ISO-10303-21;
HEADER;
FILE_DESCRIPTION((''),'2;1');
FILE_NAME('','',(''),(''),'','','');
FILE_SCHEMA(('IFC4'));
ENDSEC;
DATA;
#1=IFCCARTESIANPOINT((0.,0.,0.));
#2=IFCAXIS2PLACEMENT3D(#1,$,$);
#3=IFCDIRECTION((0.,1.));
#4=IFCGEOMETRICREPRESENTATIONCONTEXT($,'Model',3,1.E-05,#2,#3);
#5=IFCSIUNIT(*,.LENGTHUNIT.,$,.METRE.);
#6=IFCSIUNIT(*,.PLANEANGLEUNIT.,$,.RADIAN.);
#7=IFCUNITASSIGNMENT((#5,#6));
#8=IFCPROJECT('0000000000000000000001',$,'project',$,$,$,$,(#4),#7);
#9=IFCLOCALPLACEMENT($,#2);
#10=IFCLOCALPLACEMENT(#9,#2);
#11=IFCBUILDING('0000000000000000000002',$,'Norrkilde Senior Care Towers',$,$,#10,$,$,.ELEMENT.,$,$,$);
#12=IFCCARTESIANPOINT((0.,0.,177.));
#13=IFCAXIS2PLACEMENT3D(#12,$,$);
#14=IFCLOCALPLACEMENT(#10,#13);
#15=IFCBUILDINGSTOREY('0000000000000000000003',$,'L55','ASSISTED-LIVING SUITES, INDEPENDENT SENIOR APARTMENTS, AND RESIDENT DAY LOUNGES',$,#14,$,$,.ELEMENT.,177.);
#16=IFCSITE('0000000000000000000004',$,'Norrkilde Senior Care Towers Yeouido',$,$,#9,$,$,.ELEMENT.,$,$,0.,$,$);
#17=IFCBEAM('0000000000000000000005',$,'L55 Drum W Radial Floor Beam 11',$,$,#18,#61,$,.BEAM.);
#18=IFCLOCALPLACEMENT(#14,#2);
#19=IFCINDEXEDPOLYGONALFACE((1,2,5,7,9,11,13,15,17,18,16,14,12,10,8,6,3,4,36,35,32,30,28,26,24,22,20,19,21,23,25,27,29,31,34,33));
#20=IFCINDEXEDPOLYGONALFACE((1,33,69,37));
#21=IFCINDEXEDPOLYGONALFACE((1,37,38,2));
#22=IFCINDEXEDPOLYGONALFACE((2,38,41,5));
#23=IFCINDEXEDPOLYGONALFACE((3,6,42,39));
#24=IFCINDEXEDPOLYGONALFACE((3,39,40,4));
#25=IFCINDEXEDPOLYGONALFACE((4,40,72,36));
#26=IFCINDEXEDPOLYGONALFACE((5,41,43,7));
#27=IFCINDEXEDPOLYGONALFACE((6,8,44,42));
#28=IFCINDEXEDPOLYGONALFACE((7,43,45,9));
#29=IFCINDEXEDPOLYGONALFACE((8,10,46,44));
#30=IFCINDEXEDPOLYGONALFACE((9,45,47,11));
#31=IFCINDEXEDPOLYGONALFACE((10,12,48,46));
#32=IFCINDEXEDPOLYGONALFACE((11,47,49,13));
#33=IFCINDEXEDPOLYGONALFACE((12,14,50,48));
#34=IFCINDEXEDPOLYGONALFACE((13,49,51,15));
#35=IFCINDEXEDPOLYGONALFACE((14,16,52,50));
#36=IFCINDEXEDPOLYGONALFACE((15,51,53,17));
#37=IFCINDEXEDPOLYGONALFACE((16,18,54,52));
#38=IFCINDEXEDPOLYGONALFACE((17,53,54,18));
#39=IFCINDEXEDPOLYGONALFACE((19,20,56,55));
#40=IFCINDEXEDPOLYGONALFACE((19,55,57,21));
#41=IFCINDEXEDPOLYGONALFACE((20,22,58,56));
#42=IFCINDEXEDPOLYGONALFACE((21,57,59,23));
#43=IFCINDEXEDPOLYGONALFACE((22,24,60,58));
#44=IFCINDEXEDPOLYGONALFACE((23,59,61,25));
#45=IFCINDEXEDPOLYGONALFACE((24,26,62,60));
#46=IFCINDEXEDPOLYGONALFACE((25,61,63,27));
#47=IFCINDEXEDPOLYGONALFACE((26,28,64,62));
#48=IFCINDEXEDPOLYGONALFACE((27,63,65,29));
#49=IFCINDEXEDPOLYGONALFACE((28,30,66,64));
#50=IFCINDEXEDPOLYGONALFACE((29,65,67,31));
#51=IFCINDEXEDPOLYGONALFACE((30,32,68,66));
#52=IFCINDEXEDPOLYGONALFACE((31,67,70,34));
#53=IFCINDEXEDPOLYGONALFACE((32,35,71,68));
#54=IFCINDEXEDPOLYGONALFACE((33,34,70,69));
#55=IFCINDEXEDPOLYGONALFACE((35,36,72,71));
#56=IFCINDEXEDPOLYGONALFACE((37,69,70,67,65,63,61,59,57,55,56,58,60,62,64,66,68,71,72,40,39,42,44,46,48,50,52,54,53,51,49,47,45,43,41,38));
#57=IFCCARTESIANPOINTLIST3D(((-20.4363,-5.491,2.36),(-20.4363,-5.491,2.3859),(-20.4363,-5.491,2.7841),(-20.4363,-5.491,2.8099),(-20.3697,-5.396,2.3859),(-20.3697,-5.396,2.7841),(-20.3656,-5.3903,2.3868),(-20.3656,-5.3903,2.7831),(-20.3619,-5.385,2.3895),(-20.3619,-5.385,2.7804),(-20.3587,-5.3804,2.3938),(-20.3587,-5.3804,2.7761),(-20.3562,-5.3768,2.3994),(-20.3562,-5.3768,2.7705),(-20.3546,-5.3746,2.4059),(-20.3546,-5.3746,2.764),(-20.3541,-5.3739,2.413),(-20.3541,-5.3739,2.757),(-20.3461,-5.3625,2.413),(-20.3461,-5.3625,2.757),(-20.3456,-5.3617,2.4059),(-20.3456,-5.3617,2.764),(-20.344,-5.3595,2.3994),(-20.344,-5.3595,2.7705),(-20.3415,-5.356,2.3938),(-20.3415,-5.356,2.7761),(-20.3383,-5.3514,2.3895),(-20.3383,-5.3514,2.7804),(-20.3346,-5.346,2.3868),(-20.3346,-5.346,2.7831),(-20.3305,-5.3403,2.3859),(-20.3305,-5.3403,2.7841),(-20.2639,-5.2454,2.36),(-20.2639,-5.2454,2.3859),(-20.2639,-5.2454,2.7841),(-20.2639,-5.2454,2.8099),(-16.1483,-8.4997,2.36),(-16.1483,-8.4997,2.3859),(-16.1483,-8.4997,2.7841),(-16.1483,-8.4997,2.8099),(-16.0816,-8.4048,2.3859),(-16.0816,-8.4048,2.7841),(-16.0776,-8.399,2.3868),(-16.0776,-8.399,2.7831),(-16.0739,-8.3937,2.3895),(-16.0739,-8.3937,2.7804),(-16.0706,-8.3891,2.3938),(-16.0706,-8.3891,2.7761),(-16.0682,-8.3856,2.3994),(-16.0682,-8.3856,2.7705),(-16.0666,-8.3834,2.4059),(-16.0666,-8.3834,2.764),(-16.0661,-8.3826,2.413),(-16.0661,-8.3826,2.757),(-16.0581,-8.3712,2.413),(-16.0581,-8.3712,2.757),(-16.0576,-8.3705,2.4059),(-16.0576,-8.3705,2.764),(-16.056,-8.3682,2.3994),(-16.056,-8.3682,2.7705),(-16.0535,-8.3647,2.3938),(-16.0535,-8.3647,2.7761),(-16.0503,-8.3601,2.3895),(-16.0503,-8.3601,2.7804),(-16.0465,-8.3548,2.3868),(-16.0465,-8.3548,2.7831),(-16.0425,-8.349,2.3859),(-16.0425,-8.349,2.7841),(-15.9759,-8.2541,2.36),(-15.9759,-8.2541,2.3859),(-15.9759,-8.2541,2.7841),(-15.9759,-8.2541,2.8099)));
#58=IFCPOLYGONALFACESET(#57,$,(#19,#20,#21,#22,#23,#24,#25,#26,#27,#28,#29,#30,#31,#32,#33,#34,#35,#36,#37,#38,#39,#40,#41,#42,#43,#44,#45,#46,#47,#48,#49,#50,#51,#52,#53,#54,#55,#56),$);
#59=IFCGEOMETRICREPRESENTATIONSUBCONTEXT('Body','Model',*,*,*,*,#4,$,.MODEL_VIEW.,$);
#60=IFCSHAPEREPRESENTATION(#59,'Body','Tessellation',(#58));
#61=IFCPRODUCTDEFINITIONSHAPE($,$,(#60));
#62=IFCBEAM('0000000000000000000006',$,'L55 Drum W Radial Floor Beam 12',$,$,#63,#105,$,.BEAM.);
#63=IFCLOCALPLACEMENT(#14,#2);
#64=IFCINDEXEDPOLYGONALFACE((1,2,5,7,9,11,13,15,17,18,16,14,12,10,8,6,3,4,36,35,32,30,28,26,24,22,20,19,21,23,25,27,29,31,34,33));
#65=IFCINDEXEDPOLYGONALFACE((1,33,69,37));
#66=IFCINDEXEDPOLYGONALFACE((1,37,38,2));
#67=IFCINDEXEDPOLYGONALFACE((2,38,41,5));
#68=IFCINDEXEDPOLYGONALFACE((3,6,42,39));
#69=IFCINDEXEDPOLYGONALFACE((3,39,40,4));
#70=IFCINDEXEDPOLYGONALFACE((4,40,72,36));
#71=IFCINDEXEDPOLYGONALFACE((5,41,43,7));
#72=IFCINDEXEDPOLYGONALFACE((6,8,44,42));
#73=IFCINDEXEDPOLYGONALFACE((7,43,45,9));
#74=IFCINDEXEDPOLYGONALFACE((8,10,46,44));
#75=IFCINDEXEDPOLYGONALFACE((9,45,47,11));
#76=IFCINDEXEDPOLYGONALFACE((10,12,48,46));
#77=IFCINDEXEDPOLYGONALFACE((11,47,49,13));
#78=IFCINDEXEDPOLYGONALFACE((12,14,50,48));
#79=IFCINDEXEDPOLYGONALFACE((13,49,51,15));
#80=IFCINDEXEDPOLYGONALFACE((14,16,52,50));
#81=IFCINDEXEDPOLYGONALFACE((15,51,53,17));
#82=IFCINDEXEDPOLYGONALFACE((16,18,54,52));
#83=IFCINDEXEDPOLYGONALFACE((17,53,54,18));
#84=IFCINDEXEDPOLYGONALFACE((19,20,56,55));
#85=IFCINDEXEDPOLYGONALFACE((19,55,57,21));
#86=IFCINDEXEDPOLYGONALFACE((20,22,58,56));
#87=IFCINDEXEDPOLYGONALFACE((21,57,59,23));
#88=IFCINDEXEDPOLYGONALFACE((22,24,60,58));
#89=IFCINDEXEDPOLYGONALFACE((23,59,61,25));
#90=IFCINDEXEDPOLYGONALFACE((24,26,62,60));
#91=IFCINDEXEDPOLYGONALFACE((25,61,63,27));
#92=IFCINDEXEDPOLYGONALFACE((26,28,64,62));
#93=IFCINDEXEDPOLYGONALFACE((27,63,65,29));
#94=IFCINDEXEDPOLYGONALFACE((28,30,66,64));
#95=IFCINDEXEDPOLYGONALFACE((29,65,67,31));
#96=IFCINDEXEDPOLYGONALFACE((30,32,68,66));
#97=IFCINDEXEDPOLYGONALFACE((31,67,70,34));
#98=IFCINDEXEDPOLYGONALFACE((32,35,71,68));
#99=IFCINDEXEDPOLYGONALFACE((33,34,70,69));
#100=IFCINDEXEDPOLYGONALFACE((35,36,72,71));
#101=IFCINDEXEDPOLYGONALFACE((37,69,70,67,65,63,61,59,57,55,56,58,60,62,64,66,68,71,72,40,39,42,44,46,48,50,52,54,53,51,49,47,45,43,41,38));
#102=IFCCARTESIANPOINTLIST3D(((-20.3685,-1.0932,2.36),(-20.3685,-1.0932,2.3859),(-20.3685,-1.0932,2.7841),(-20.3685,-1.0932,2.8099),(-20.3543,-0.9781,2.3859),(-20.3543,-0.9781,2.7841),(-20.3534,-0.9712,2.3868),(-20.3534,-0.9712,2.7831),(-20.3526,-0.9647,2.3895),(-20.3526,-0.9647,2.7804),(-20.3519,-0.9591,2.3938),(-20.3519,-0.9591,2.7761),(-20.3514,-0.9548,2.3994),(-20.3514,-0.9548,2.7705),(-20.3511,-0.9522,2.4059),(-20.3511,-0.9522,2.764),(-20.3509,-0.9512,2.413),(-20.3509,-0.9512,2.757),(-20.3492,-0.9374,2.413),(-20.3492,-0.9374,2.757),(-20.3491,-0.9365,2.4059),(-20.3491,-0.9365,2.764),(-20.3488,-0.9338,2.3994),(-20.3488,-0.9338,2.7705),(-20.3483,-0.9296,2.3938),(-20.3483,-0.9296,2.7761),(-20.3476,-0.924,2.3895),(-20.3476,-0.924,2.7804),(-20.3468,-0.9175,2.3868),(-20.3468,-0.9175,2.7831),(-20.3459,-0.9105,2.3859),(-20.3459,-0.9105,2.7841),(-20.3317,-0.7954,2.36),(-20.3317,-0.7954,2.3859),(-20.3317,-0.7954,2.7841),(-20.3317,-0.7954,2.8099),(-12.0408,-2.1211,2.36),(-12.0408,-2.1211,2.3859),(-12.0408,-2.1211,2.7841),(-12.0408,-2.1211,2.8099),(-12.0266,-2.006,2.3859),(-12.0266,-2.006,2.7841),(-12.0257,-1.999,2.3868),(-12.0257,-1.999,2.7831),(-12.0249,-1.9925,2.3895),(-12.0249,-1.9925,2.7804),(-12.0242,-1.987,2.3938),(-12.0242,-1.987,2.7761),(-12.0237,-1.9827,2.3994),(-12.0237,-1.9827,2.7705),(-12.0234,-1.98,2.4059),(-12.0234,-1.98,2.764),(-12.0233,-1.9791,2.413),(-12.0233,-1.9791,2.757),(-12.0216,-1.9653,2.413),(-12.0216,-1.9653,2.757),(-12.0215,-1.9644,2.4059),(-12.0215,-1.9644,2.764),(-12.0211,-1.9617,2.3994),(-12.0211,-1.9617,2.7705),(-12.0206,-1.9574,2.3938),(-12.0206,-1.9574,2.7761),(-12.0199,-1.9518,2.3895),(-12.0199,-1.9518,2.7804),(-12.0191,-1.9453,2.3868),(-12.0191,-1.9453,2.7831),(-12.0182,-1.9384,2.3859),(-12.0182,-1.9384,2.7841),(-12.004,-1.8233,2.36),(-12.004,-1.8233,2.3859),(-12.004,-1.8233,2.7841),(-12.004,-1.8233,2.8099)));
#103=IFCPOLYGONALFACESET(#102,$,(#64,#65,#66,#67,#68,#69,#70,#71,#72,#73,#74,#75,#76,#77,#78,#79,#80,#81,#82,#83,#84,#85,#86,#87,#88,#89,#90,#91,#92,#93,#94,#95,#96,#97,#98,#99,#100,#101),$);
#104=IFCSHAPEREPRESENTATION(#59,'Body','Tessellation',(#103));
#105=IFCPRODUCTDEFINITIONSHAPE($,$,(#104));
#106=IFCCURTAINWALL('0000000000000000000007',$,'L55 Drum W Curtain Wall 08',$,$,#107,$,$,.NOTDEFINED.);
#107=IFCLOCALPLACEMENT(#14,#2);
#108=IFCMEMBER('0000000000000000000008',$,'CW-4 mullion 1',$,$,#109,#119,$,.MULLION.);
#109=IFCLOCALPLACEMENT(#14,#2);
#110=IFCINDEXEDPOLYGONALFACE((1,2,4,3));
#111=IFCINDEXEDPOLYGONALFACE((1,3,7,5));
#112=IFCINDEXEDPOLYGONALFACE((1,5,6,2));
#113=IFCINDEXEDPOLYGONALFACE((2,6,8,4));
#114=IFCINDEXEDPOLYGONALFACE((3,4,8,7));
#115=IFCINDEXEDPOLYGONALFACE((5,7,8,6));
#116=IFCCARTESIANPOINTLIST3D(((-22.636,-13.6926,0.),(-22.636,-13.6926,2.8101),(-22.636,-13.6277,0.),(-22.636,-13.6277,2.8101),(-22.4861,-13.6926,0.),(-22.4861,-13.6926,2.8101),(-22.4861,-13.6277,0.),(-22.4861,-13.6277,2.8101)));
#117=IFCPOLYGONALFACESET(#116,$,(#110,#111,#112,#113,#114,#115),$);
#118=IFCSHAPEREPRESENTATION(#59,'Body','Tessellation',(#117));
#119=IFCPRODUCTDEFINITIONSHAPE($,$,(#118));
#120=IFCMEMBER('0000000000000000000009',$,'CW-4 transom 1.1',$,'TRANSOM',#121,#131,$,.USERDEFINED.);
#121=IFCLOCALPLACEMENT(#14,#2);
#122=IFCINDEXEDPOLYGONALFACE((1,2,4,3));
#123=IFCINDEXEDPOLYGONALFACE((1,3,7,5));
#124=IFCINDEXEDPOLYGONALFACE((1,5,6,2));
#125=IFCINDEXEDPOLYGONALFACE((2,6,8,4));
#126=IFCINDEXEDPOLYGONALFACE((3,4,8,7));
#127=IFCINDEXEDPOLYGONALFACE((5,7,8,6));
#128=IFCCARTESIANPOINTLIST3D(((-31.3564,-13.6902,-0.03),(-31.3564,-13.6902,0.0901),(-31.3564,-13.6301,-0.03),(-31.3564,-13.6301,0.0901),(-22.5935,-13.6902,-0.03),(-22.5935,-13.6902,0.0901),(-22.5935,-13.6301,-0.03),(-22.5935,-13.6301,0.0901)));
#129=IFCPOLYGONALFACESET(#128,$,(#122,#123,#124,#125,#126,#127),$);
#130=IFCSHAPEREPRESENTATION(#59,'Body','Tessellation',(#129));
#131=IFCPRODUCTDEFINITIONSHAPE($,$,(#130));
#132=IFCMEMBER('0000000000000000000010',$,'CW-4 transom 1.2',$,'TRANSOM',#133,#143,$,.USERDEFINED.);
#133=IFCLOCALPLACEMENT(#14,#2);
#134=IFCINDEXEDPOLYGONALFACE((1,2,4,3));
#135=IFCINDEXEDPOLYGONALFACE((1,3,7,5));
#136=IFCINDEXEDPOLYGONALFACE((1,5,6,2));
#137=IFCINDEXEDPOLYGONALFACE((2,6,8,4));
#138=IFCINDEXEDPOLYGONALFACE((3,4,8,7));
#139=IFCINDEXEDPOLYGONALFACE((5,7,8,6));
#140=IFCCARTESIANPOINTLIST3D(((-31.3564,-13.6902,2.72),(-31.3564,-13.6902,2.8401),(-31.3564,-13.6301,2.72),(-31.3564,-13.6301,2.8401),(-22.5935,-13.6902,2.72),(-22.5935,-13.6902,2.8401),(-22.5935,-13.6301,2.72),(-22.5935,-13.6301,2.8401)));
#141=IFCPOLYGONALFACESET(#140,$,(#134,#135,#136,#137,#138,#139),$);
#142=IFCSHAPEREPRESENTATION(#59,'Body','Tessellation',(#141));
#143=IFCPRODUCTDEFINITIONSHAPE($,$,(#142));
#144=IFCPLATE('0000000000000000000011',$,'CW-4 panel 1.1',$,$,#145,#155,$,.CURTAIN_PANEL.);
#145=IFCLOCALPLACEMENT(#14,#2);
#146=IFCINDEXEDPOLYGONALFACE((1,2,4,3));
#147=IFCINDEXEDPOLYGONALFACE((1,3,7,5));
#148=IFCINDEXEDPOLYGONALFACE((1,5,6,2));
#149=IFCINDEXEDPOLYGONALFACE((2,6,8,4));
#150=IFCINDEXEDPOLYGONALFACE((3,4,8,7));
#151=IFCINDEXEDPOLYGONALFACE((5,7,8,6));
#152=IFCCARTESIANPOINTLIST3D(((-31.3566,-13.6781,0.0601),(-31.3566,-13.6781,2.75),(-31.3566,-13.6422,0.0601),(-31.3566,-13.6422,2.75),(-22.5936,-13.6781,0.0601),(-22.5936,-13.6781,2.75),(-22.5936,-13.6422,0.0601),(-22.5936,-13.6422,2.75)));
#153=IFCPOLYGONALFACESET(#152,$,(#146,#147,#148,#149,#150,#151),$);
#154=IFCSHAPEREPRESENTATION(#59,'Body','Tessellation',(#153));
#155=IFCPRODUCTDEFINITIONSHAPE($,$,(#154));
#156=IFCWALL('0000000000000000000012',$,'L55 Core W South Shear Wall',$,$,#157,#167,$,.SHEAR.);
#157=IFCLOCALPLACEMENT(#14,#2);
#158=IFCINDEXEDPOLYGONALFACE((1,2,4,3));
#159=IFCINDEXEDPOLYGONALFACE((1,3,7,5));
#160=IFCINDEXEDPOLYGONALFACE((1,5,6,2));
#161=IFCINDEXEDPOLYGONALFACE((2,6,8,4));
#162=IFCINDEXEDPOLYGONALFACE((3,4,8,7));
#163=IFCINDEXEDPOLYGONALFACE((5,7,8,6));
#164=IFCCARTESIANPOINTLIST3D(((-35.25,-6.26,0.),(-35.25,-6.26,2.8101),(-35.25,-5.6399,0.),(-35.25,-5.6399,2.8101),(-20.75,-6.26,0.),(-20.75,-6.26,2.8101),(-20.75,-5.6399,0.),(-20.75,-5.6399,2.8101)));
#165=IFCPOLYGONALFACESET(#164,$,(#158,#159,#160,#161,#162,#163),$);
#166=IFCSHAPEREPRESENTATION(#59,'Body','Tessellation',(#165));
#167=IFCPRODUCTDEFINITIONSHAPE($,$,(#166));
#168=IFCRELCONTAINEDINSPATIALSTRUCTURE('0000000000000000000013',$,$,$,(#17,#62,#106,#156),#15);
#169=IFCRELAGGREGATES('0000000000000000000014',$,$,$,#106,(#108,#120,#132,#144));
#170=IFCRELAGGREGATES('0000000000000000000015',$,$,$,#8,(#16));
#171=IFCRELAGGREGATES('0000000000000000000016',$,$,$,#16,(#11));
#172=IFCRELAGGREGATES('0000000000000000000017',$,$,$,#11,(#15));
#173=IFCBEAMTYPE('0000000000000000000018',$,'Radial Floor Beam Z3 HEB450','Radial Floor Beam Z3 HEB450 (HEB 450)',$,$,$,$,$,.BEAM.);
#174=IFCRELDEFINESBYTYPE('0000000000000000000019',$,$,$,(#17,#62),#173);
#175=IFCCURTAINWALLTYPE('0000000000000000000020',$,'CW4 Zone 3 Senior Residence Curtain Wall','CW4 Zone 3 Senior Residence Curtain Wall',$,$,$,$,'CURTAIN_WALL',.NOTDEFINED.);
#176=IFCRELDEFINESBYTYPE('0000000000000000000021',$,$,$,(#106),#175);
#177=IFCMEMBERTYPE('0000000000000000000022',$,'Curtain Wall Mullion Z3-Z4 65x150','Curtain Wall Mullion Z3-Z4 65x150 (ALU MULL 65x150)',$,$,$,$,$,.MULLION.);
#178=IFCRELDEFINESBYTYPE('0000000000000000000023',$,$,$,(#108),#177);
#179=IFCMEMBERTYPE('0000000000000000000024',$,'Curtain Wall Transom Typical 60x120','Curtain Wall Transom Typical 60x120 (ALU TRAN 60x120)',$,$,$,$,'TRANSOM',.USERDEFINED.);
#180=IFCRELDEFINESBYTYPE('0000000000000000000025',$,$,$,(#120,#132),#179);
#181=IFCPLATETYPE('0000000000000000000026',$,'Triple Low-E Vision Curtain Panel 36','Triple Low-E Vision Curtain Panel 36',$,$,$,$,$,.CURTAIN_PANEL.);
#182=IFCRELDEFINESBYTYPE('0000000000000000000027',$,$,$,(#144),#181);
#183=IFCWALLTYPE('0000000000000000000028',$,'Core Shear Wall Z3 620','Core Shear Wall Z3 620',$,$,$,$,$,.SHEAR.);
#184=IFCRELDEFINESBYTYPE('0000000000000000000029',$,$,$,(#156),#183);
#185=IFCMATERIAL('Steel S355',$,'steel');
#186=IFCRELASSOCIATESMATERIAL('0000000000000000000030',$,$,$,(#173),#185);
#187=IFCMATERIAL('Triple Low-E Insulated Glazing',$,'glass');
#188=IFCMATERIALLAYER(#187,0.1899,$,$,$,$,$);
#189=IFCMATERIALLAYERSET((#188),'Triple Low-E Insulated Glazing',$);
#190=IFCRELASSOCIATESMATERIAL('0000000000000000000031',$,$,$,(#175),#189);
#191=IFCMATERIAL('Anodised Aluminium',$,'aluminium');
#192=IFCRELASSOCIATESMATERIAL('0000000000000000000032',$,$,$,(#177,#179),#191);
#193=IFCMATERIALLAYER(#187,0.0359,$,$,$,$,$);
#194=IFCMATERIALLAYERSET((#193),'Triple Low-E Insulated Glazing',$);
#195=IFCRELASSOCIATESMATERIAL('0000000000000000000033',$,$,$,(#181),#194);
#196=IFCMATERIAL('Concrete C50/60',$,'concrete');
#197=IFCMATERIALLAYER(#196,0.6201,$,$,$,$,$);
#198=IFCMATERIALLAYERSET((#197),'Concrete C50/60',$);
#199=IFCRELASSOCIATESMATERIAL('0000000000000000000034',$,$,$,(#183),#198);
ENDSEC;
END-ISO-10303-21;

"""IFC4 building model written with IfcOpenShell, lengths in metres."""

from ifc_helpers import new_model, si_unit, direction, frame, frame_2d, origin, origin_2d, place, context, subcontext, project, spatial, rectangle, i_section, extrude, source, transform, mapped, material, layer, layer_set, material_profile, profile_set, type_object, type_shapes, element, aggregate, save


model = new_model("IFC4")

# Units and contexts
model_context = context("Model", 3, precision=1e-05, world=origin(), true_north=direction((0.0, 1.0)))
body_context = subcontext(model_context, "Body", "Model", "MODEL_VIEW")
ifc_project = project(units=[si_unit("LENGTHUNIT", "METRE"), si_unit("PLANEANGLEUNIT", "RADIAN")], contexts=[model_context])

# Site, building, storey
site_placement = place(None, origin())
site = spatial("IfcSite", under=ifc_project, at=site_placement, Name="Norrkilde Senior Care Towers Yeouido", CompositionType="ELEMENT", RefElevation=0.0)
building_placement = place(site_placement, origin())
building = spatial("IfcBuilding", under=site, at=building_placement, Name="Norrkilde Senior Care Towers", CompositionType="ELEMENT")
storey_placement = place(building_placement, frame((0.0, 0.0, 177.0)))
storey = spatial("IfcBuildingStorey", under=building, at=storey_placement, Name="L55", Description="ASSISTED-LIVING SUITES, INDEPENDENT SENIOR APARTMENTS, AND RESIDENT DAY LOUNGES", CompositionType="ELEMENT", Elevation=177.0)

# Shared definitions
ifc_material_1 = material(Name="Concrete C50/60", Category="concrete")

# Beams
ifc_material_2 = material(Name="Steel S355", Category="steel")
ifc_material_profile_1 = material_profile(ifc_material_2, i_section(OverallWidth=0.3, OverallDepth=0.45, WebThickness=0.0139, FlangeThickness=0.0259, FilletRadius=0.0271, at=origin_2d()), Name="HEB 450")
ifc_profile_set_1 = profile_set([ifc_material_profile_1], Name="Steel S355")
beam_type_1 = type_object("IfcBeamType", Name="Radial Floor Beam Z3 HEB450", Description="Radial Floor Beam Z3 HEB450 (HEB 450)", PredefinedType="BEAM", material=ifc_profile_set_1)
shared_shape_1 = source(origin(), body_context, "Body", "SweptSolid", [
    extrude(i_section(OverallWidth=0.3, OverallDepth=0.45, WebThickness=0.0139, FlangeThickness=0.0259, FilletRadius=0.0271, at=origin_2d()), origin(), (0.0, 0.0, 1.0), 5.2383),
])
beam_1_placement = place(storey_placement, frame((-20.3501, -5.3682, 2.585), z_axis=(0.818592, -0.574375, 0.0), x_axis=(0.574375, 0.818592, 0.0)))
element("IfcBeam", 1, at=beam_1_placement, inside=storey, type_object=beam_type_1, Name="L55 Drum W Radial Floor Beam 11", PredefinedType="BEAM", context=body_context, shape_type="MappedRepresentation", body=[
    mapped(shared_shape_1, transform((0.0, 0.0, 0.0), x_axis=(1.0, 0.0, 0.0), y_axis=(0.0, 1.0, 0.0), z_axis=(0.0, 0.0, 1.0), scale=1.0)),
])
shared_shape_2 = source(origin(), body_context, "Body", "SweptSolid", [
    extrude(i_section(OverallWidth=0.3, OverallDepth=0.45, WebThickness=0.0139, FlangeThickness=0.0259, FilletRadius=0.0271, at=origin_2d()), origin(), (0.0, 0.0, 1.0), 8.3909),
])
beam_2_placement = place(storey_placement, frame((-20.3501, -0.9443, 2.585), z_axis=(0.992469, -0.122495, 0.0), x_axis=(0.122495, 0.992469, 0.0)))
element("IfcBeam", 2, at=beam_2_placement, inside=storey, type_object=beam_type_1, Name="L55 Drum W Radial Floor Beam 12", PredefinedType="BEAM", context=body_context, shape_type="MappedRepresentation", body=[
    mapped(shared_shape_2, transform((0.0, 0.0, 0.0), x_axis=(1.0, 0.0, 0.0), y_axis=(0.0, 1.0, 0.0), z_axis=(0.0, 0.0, 1.0), scale=1.0)),
])

# Curtain wall, members, plate
ifc_material_3 = material(Name="Triple Low-E Insulated Glazing", Category="glass")
ifc_layer_1 = layer(ifc_material_3, 0.1899)
ifc_layer_set_1 = layer_set([ifc_layer_1], Name="Triple Low-E Insulated Glazing")
curtain_wall_type = type_object("IfcCurtainWallType", Name="CW4 Zone 3 Senior Residence Curtain Wall", Description="CW4 Zone 3 Senior Residence Curtain Wall", ElementType="CURTAIN_WALL", PredefinedType="NOTDEFINED", material=ifc_layer_set_1)
curtain_wall_placement = place(storey_placement, origin())
curtain_wall = element("IfcCurtainWall", 3, at=curtain_wall_placement, inside=storey, type_object=curtain_wall_type, Name="L55 Drum W Curtain Wall 08", PredefinedType="NOTDEFINED")
ifc_material_4 = material(Name="Anodised Aluminium", Category="aluminium")
ifc_material_profile_2 = material_profile(ifc_material_4, rectangle(XDim=0.0649, YDim=0.1499, at=origin_2d()), Name="ALU MULL 65x150")
ifc_profile_set_2 = profile_set([ifc_material_profile_2], Name="Anodised Aluminium")
member_type_1 = type_object("IfcMemberType", Name="Curtain Wall Mullion Z3-Z4 65x150", Description="Curtain Wall Mullion Z3-Z4 65x150 (ALU MULL 65x150)", PredefinedType="MULLION", material=ifc_profile_set_2)
shared_shape_3 = source(origin(), body_context, "Body", "SweptSolid", [
    extrude(rectangle(XDim=0.0649, YDim=0.1499, at=origin_2d()), origin(), (0.0, 0.0, 1.0), 2.8101),
])
type_shapes(member_type_1, [shared_shape_3])
member_1_placement = place(storey_placement, frame((-22.561, -13.6602, 0.0), z_axis=(0.0, 0.0, 1.0), x_axis=(0.0, -1.0, 0.0)))
member_1 = element("IfcMember", 4, at=member_1_placement, type_object=member_type_1, Name="CW-4 mullion 1", PredefinedType="MULLION", context=body_context, shape_type="MappedRepresentation", body=[
    mapped(shared_shape_3, transform((0.0, 0.0, 0.0), x_axis=(1.0, 0.0, 0.0), y_axis=(0.0, 1.0, 0.0), z_axis=(0.0, 0.0, 1.0), scale=1.0)),
])
ifc_material_profile_3 = material_profile(ifc_material_4, rectangle(XDim=0.0601, YDim=0.1201, at=origin_2d()), Name="ALU TRAN 60x120")
ifc_profile_set_3 = profile_set([ifc_material_profile_3], Name="Anodised Aluminium")
member_type_2 = type_object("IfcMemberType", Name="Curtain Wall Transom Typical 60x120", Description="Curtain Wall Transom Typical 60x120 (ALU TRAN 60x120)", ElementType="TRANSOM", PredefinedType="USERDEFINED", material=ifc_profile_set_3)
shared_shape_4 = source(origin(), body_context, "Body", "SweptSolid", [
    extrude(rectangle(XDim=0.0601, YDim=0.1201, at=origin_2d()), origin(), (0.0, 0.0, 1.0), 8.7629),
])
type_shapes(member_type_2, [shared_shape_4])
member_2_placement = place(storey_placement, frame((-22.5935, -13.6602, 0.03), z_axis=(-1.0, 0.0, 0.0), x_axis=(0.0, -1.0, 0.0)))
member_2 = element("IfcMember", 5, at=member_2_placement, type_object=member_type_2, Name="CW-4 transom 1.1", ObjectType="TRANSOM", PredefinedType="USERDEFINED", context=body_context, shape_type="MappedRepresentation", body=[
    mapped(shared_shape_4, transform((0.0, 0.0, 0.0), x_axis=(1.0, 0.0, 0.0), y_axis=(0.0, 1.0, 0.0), z_axis=(0.0, 0.0, 1.0), scale=1.0)),
])
member_3_placement = place(storey_placement, frame((-22.5935, -13.6602, 2.78), z_axis=(-1.0, 0.0, 0.0), x_axis=(0.0, -1.0, 0.0)))
member_3 = element("IfcMember", 6, at=member_3_placement, type_object=member_type_2, Name="CW-4 transom 1.2", ObjectType="TRANSOM", PredefinedType="USERDEFINED", context=body_context, shape_type="MappedRepresentation", body=[
    mapped(shared_shape_4, transform((0.0, 0.0, 0.0), x_axis=(1.0, 0.0, 0.0), y_axis=(0.0, 1.0, 0.0), z_axis=(0.0, 0.0, 1.0), scale=1.0)),
])
ifc_layer_2 = layer(ifc_material_3, 0.0359)
ifc_layer_set_2 = layer_set([ifc_layer_2], Name="Triple Low-E Insulated Glazing")
plate_type = type_object("IfcPlateType", Name="Triple Low-E Vision Curtain Panel 36", Description="Triple Low-E Vision Curtain Panel 36", PredefinedType="CURTAIN_PANEL", material=ifc_layer_set_2)
shared_shape_5 = source(origin(), body_context, "Body", "SweptSolid", [
    extrude(rectangle(XDim=8.7629, YDim=0.0359, at=origin_2d()), origin(), (0.0, 0.0, 1.0), 2.6899),
])
type_shapes(plate_type, [shared_shape_5])
plate_placement = place(storey_placement, frame((-26.9751, -13.6602, 0.0601), z_axis=(0.0, 0.0, 1.0), x_axis=(-1.0, 0.0, 0.0)))
plate = element("IfcPlate", 7, at=plate_placement, type_object=plate_type, Name="CW-4 panel 1.1", PredefinedType="CURTAIN_PANEL", context=body_context, shape_type="MappedRepresentation", body=[
    mapped(shared_shape_5, transform((0.0, 0.0, 0.0), x_axis=(1.0, 0.0, 0.0), y_axis=(0.0, 1.0, 0.0), z_axis=(0.0, 0.0, 1.0), scale=1.0)),
])
aggregate(curtain_wall, [member_1, member_2, member_3, plate])

# Wall
ifc_layer_3 = layer(ifc_material_1, 0.6201)
ifc_layer_set_3 = layer_set([ifc_layer_3], Name="Concrete C50/60")
wall_type_1 = type_object("IfcWallType", Name="Core Shear Wall Z3 620", Description="Core Shear Wall Z3 620", PredefinedType="SHEAR", material=ifc_layer_set_3)
shared_shape_6 = source(origin(), body_context, "Body", "SweptSolid", [
    extrude(rectangle(XDim=14.5, YDim=0.6201, at=frame_2d((7.25, 0.0))), origin(), (0.0, 0.0, 1.0), 2.8101),
])
type_shapes(wall_type_1, [shared_shape_6])
wall_1_placement = place(storey_placement, frame((-20.75, -5.95, 0.0), z_axis=(0.0, 0.0, 1.0), x_axis=(-1.0, 0.0, 0.0)))
element("IfcWall", 8, at=wall_1_placement, inside=storey, type_object=wall_type_1, Name="L55 Core W South Shear Wall", PredefinedType="SHEAR", context=body_context, shape_type="MappedRepresentation", body=[
    mapped(shared_shape_6, transform((0.0, 0.0, 0.0), x_axis=(1.0, 0.0, 0.0), y_axis=(0.0, 1.0, 0.0), z_axis=(0.0, 0.0, 1.0), scale=1.0)),
])

save(model, "model.ifc")
